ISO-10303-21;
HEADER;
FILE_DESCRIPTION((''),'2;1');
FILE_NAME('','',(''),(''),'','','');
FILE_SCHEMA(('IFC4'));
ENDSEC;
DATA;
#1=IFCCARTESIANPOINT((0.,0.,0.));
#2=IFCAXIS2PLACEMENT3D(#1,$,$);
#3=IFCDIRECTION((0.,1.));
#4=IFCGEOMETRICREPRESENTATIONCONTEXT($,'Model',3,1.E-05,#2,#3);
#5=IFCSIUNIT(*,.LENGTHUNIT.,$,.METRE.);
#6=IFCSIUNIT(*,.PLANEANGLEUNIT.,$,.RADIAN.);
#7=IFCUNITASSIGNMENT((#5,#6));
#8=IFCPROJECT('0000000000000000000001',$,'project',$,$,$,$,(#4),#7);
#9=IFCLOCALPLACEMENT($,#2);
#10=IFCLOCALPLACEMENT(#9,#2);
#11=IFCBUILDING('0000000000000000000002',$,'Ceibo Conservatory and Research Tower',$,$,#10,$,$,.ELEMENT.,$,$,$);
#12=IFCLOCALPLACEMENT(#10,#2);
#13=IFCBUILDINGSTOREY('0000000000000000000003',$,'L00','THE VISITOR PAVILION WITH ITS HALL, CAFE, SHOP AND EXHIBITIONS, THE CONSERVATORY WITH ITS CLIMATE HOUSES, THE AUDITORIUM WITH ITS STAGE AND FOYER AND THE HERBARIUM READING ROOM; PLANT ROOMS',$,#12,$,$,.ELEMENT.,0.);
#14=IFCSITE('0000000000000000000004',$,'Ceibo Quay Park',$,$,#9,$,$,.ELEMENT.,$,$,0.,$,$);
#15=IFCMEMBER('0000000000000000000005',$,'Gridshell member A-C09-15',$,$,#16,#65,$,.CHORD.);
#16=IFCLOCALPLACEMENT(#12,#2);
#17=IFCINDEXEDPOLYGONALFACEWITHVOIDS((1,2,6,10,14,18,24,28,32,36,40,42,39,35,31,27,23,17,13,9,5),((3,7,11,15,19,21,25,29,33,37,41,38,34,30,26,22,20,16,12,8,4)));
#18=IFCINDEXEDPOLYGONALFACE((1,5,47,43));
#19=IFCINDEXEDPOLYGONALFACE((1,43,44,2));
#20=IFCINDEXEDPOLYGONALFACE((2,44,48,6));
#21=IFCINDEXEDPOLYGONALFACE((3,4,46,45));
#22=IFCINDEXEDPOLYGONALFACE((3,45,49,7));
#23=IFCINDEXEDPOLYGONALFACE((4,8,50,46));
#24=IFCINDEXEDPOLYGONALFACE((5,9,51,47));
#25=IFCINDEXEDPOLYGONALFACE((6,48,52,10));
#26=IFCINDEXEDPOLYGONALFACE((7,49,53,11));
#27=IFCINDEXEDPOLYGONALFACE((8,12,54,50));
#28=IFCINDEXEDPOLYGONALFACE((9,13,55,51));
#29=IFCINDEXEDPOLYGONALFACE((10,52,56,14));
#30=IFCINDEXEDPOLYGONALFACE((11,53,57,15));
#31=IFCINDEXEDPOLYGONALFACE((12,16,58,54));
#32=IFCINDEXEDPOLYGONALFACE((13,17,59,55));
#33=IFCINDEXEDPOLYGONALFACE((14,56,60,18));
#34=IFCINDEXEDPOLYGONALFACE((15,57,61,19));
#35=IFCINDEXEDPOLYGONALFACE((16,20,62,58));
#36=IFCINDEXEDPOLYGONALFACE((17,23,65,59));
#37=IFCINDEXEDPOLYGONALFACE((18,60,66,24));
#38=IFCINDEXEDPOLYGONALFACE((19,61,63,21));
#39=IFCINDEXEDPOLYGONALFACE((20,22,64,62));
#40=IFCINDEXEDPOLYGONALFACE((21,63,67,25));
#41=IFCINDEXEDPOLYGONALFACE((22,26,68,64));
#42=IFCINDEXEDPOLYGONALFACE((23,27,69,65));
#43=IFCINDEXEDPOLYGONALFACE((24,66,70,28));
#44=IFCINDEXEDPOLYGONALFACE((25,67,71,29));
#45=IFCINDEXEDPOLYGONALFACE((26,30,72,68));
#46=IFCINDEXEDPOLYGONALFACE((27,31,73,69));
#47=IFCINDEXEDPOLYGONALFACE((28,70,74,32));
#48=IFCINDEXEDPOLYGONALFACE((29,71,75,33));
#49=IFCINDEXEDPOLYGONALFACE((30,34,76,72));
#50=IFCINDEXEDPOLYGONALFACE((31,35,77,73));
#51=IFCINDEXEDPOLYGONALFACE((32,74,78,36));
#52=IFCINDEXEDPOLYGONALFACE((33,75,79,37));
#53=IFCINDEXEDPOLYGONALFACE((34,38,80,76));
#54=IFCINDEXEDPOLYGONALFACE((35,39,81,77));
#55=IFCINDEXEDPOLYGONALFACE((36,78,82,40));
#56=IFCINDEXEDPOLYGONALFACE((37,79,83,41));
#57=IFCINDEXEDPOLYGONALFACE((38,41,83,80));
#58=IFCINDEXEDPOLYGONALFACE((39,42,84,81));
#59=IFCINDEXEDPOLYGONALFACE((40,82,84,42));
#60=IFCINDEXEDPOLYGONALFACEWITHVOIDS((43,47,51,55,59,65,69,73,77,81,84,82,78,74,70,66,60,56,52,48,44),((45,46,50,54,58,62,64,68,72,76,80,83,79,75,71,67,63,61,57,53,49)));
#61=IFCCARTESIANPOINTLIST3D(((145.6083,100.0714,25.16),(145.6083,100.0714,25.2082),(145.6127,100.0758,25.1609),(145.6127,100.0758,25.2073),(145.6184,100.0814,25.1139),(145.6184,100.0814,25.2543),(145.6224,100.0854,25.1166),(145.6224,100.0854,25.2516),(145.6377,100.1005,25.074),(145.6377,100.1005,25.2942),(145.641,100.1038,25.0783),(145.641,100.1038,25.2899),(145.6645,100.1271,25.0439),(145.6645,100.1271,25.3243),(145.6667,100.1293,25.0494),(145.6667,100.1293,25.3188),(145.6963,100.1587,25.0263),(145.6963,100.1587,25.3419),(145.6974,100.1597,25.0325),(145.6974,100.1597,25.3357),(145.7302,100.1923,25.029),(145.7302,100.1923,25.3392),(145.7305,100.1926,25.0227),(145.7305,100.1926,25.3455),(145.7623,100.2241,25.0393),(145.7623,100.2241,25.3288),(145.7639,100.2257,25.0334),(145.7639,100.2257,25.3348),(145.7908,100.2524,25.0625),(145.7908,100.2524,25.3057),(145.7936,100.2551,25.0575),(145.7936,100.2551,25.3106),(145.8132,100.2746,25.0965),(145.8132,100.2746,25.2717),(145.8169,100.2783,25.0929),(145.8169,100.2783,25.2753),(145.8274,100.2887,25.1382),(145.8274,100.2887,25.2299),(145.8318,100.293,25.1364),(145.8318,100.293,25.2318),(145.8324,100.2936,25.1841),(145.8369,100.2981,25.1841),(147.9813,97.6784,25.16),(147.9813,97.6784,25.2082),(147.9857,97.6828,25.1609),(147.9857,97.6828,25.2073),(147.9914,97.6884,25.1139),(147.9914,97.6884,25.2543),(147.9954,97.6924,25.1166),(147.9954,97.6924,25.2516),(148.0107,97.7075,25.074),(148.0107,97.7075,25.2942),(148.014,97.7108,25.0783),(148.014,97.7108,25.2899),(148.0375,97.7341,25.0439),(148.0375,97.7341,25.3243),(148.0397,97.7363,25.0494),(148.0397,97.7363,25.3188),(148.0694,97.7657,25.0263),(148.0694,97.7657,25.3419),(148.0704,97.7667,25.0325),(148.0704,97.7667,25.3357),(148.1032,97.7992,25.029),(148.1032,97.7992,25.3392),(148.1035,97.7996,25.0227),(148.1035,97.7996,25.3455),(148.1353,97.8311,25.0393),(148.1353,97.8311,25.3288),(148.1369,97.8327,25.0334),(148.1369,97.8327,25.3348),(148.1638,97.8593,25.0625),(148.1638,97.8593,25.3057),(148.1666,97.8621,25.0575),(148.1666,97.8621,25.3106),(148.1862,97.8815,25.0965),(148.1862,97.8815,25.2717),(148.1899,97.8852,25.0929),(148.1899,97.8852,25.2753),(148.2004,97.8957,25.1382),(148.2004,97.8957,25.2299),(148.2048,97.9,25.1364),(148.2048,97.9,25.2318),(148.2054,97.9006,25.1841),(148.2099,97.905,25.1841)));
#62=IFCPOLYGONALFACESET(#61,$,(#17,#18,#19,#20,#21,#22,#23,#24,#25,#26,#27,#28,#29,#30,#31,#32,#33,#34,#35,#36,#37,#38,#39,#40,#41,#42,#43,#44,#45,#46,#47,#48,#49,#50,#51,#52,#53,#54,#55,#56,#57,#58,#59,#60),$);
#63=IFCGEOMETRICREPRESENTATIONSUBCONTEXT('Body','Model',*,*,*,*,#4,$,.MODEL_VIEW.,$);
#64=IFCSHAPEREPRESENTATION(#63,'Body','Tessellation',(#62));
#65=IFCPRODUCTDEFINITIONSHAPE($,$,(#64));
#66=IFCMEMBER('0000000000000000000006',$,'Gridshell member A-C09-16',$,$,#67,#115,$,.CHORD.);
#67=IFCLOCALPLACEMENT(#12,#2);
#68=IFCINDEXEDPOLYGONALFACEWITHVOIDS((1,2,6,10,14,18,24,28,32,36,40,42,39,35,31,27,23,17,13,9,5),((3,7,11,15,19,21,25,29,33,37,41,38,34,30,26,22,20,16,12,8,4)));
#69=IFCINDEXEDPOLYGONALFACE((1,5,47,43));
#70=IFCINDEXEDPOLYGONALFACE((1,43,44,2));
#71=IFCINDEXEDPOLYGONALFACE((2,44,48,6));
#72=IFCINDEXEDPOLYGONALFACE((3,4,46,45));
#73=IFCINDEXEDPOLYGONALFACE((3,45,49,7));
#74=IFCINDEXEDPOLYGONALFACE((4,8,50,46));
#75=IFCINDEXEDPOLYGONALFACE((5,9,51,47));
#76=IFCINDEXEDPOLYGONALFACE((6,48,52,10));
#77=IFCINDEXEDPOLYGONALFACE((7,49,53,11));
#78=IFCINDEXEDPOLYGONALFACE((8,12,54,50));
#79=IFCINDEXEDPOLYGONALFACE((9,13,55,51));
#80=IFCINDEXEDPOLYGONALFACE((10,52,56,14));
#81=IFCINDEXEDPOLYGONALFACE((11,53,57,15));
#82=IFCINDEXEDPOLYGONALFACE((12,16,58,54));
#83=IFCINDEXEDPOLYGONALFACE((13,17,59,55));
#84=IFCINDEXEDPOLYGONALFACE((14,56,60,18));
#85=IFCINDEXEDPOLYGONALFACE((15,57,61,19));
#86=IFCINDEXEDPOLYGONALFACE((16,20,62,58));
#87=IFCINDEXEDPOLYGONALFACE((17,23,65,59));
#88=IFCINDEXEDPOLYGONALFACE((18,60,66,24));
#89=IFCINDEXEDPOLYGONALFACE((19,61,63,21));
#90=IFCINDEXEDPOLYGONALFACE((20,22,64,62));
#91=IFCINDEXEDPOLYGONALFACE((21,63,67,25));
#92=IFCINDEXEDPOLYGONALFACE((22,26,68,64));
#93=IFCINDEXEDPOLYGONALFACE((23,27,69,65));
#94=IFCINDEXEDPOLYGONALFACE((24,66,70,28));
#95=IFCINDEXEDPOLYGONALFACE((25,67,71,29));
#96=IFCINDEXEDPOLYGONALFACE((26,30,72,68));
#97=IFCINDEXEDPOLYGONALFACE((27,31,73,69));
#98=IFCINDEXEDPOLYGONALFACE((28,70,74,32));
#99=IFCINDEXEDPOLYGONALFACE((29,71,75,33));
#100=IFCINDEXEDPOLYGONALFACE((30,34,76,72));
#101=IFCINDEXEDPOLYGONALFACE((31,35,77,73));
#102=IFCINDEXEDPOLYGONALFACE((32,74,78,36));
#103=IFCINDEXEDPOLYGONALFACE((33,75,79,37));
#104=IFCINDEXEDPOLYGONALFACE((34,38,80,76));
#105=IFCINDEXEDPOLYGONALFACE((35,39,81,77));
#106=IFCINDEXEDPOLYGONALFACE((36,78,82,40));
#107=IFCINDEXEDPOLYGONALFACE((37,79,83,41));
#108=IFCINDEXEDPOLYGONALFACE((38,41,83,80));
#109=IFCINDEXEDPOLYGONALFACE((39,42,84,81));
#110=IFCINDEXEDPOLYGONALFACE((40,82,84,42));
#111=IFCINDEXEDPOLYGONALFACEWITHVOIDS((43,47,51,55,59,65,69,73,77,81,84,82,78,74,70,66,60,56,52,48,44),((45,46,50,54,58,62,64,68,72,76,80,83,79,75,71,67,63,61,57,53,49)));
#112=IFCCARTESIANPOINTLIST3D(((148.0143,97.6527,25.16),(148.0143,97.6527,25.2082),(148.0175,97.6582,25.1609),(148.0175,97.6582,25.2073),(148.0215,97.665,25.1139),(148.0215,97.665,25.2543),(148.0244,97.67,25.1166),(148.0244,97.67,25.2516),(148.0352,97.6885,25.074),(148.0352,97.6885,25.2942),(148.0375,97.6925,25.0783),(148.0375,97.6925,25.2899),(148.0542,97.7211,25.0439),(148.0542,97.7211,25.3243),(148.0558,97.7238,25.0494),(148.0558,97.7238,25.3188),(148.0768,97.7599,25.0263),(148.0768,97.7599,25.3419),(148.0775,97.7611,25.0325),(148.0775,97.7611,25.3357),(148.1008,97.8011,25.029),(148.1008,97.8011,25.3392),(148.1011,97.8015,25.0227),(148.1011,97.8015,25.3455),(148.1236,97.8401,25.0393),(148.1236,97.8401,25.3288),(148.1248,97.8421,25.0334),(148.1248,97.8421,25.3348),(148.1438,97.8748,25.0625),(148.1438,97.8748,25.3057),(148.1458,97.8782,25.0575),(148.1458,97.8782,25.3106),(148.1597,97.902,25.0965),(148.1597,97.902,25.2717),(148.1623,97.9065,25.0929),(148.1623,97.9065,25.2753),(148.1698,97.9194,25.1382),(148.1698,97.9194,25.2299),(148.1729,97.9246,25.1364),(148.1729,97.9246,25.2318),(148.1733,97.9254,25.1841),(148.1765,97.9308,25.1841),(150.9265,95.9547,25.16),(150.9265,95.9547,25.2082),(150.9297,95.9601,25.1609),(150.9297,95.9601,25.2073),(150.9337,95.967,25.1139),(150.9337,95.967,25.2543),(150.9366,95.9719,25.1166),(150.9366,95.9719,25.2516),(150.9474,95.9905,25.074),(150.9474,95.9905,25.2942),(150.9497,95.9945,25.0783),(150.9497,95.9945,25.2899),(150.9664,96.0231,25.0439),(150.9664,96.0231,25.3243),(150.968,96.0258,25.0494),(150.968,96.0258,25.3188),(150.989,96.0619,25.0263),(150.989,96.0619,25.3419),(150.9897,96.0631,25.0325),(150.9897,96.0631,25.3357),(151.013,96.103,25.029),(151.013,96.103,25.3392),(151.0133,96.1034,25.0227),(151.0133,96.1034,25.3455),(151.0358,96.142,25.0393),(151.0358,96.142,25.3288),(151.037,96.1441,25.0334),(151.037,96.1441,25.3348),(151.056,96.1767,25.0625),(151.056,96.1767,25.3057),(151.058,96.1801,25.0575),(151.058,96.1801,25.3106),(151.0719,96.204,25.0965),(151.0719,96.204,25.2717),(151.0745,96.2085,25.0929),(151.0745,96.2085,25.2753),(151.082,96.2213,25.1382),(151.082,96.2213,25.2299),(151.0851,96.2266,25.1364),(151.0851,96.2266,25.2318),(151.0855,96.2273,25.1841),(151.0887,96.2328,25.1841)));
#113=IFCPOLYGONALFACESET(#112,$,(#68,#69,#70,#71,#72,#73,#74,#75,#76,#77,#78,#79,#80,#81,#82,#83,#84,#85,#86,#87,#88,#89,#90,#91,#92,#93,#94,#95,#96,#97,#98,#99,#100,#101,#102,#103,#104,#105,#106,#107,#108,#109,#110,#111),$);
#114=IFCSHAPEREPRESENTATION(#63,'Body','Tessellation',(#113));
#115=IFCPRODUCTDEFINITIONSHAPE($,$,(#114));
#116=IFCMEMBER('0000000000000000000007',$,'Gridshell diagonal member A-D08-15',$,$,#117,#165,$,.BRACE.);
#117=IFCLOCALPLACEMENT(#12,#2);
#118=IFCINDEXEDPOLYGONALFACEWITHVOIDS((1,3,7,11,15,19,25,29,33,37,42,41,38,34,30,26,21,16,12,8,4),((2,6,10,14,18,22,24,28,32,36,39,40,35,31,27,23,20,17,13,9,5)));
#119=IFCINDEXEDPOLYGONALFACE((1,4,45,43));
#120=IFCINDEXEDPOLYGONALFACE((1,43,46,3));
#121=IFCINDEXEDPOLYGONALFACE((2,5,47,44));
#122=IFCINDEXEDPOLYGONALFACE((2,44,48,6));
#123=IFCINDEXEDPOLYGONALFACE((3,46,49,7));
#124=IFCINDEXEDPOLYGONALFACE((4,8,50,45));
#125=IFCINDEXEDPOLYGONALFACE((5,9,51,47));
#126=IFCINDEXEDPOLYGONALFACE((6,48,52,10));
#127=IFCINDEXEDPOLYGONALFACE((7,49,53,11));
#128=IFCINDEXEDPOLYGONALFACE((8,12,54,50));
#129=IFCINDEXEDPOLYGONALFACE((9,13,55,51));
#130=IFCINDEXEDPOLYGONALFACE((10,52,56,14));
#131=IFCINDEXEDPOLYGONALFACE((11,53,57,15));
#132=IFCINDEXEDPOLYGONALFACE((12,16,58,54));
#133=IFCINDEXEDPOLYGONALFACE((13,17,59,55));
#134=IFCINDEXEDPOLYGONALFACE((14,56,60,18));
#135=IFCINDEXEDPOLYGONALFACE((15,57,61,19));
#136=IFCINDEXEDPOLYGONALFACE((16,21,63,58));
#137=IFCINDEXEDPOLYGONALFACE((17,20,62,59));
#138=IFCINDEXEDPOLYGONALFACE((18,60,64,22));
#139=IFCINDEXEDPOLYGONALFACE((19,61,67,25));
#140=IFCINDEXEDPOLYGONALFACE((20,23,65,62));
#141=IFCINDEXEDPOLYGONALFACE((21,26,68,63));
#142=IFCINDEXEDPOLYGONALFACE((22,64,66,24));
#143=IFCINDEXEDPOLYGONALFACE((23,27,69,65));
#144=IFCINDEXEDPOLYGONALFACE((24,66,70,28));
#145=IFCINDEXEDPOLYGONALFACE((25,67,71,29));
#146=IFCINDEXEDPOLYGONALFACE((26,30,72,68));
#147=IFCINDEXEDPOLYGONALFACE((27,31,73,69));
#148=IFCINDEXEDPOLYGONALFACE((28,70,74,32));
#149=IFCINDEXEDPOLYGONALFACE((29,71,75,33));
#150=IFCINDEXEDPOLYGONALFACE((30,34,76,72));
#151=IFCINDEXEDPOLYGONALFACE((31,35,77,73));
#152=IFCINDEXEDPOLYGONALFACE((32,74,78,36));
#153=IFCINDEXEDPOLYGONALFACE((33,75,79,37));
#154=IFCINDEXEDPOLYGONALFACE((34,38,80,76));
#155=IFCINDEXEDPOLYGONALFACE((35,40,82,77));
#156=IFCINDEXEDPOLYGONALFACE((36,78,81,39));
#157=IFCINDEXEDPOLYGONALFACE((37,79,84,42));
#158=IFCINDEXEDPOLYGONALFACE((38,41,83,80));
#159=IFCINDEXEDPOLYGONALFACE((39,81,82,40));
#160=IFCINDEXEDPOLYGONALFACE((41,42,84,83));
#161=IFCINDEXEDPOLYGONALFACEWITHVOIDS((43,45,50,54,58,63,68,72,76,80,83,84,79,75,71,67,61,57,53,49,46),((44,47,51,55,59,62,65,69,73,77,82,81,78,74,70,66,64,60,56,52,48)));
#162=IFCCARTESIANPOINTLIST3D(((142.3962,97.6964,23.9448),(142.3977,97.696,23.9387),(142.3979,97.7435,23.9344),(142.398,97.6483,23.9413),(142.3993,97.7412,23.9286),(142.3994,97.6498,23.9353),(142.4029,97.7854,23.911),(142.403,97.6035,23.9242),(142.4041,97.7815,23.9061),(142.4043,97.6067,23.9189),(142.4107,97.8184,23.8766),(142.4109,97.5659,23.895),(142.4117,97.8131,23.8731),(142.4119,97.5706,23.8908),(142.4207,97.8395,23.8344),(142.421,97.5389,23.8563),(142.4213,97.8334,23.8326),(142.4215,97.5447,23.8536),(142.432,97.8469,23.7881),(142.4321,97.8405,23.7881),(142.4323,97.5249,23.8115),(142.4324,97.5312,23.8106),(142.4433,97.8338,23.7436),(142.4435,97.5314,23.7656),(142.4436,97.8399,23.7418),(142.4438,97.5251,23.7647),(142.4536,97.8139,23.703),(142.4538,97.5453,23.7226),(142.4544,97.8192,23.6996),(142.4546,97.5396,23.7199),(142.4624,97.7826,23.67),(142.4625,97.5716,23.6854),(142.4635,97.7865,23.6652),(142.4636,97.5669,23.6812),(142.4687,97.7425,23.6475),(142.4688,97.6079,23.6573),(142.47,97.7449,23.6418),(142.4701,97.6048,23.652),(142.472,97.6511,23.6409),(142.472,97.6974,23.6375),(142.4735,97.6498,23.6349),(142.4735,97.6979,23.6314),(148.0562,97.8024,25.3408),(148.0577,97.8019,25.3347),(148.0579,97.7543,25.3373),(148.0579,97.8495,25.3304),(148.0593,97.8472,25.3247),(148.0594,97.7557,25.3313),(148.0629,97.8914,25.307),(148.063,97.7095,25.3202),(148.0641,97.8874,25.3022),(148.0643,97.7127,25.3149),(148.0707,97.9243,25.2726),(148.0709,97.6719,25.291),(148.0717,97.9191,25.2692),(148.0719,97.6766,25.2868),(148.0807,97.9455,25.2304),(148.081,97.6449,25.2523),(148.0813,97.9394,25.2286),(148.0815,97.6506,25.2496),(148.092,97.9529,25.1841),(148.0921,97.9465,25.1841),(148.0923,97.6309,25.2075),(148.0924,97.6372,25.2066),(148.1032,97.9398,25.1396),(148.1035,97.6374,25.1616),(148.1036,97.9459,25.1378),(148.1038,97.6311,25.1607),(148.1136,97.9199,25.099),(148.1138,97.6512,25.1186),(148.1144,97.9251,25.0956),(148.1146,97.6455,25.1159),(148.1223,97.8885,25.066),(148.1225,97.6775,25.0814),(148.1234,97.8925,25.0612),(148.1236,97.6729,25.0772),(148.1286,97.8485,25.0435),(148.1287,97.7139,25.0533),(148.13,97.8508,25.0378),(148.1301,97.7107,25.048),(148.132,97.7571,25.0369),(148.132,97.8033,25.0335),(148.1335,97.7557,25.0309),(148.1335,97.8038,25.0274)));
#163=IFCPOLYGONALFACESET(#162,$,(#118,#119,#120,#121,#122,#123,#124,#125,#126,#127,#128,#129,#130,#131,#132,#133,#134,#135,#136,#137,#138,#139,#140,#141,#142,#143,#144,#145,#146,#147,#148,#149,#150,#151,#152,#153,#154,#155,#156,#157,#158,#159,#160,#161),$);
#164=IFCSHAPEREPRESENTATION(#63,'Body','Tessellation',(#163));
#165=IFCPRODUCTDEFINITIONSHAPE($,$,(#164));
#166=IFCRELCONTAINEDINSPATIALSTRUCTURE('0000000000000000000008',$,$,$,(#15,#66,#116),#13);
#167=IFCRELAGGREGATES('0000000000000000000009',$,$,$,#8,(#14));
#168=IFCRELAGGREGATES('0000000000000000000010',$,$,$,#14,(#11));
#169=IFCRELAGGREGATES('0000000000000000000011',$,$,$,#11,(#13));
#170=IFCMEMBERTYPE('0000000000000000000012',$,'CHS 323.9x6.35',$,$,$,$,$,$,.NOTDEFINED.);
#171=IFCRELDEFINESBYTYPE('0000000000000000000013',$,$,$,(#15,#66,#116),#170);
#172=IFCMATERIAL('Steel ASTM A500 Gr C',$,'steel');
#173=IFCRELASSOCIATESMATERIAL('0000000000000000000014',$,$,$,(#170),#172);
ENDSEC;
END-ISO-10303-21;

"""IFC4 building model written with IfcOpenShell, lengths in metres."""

from ifc_helpers import new_model, si_unit, direction, frame, origin, origin_2d, place, context, subcontext, project, spatial, hollow_circle, extrude, material, material_profile, profile_set, type_object, element, save


model = new_model("IFC4")

# Units and contexts
model_context = context("Model", 3, precision=1e-05, world=origin(), true_north=direction((0.0, 1.0)))
body_context = subcontext(model_context, "Body", "Model", "MODEL_VIEW")
ifc_project = project(units=[si_unit("LENGTHUNIT", "METRE"), si_unit("PLANEANGLEUNIT", "RADIAN")], contexts=[model_context])

# Site, building, storey
site_placement = place(None, origin())
site = spatial("IfcSite", under=ifc_project, at=site_placement, Name="Ceibo Quay Park", CompositionType="ELEMENT", RefElevation=0.0)
building_placement = place(site_placement, origin())
building = spatial("IfcBuilding", under=site, at=building_placement, Name="Ceibo Conservatory and Research Tower", CompositionType="ELEMENT")
storey_placement = place(building_placement, origin())
storey = spatial("IfcBuildingStorey", under=building, at=storey_placement, Name="L00", Description="THE VISITOR PAVILION WITH ITS HALL, CAFE, SHOP AND EXHIBITIONS, THE CONSERVATORY WITH ITS CLIMATE HOUSES, THE AUDITORIUM WITH ITS STAGE AND FOYER AND THE HERBARIUM READING ROOM; PLANT ROOMS", CompositionType="ELEMENT", Elevation=0.0)

# Members
ifc_material_1 = material(Name="Steel ASTM A500 Gr C", Category="steel")
ifc_material_profile_1 = material_profile(ifc_material_1, hollow_circle(Radius=0.1619, WallThickness=0.0063, at=origin_2d()), Name="CHS 323.9x6.35")
ifc_profile_set_1 = profile_set([ifc_material_profile_1], Name="Steel ASTM A500 Gr C")
member_type_1 = type_object("IfcMemberType", Name="CHS 323.9x6.35", PredefinedType="NOTDEFINED", material=ifc_profile_set_1)
member_1_placement = place(storey_placement, frame((145.7219, 100.1841, 25.1841), z_axis=(0.70413, -0.710071, 0.0), x_axis=(0.710071, 0.70413, 0.0)))
element("IfcMember", 1, at=member_1_placement, inside=storey, type_object=member_type_1, Name="Gridshell member A-C09-15", PredefinedType="CHORD", context=body_context, shape_type="SweptSolid", body=[
    extrude(hollow_circle(Radius=0.1619, WallThickness=0.0063, at=origin_2d()), origin(), (0.0, 0.0, 1.0), 3.3701),
])
member_2_placement = place(storey_placement, frame((148.095, 97.791, 25.1841), z_axis=(0.863873, -0.503709, 0.0), x_axis=(0.503709, 0.863873, 0.0)))
element("IfcMember", 2, at=member_2_placement, inside=storey, type_object=member_type_1, Name="Gridshell member A-C09-16", PredefinedType="CHORD", context=body_context, shape_type="SweptSolid", body=[
    extrude(hollow_circle(Radius=0.1619, WallThickness=0.0063, at=origin_2d()), origin(), (0.0, 0.0, 1.0), 3.3711),
])
member_3_placement = place(storey_placement, frame((142.4351, 97.6851, 23.7881), z_axis=(0.970743, 0.018173, 0.23943), x_axis=(-0.018717, 0.999825, 0.0)))
element("IfcMember", 3, at=member_3_placement, inside=storey, type_object=member_type_1, Name="Gridshell diagonal member A-D08-15", PredefinedType="BRACE", context=body_context, shape_type="SweptSolid", body=[
    extrude(hollow_circle(Radius=0.1619, WallThickness=0.0063, at=origin_2d()), origin(), (0.0, 0.0, 1.0), 5.8306),
])

save(model, "model.ifc")
